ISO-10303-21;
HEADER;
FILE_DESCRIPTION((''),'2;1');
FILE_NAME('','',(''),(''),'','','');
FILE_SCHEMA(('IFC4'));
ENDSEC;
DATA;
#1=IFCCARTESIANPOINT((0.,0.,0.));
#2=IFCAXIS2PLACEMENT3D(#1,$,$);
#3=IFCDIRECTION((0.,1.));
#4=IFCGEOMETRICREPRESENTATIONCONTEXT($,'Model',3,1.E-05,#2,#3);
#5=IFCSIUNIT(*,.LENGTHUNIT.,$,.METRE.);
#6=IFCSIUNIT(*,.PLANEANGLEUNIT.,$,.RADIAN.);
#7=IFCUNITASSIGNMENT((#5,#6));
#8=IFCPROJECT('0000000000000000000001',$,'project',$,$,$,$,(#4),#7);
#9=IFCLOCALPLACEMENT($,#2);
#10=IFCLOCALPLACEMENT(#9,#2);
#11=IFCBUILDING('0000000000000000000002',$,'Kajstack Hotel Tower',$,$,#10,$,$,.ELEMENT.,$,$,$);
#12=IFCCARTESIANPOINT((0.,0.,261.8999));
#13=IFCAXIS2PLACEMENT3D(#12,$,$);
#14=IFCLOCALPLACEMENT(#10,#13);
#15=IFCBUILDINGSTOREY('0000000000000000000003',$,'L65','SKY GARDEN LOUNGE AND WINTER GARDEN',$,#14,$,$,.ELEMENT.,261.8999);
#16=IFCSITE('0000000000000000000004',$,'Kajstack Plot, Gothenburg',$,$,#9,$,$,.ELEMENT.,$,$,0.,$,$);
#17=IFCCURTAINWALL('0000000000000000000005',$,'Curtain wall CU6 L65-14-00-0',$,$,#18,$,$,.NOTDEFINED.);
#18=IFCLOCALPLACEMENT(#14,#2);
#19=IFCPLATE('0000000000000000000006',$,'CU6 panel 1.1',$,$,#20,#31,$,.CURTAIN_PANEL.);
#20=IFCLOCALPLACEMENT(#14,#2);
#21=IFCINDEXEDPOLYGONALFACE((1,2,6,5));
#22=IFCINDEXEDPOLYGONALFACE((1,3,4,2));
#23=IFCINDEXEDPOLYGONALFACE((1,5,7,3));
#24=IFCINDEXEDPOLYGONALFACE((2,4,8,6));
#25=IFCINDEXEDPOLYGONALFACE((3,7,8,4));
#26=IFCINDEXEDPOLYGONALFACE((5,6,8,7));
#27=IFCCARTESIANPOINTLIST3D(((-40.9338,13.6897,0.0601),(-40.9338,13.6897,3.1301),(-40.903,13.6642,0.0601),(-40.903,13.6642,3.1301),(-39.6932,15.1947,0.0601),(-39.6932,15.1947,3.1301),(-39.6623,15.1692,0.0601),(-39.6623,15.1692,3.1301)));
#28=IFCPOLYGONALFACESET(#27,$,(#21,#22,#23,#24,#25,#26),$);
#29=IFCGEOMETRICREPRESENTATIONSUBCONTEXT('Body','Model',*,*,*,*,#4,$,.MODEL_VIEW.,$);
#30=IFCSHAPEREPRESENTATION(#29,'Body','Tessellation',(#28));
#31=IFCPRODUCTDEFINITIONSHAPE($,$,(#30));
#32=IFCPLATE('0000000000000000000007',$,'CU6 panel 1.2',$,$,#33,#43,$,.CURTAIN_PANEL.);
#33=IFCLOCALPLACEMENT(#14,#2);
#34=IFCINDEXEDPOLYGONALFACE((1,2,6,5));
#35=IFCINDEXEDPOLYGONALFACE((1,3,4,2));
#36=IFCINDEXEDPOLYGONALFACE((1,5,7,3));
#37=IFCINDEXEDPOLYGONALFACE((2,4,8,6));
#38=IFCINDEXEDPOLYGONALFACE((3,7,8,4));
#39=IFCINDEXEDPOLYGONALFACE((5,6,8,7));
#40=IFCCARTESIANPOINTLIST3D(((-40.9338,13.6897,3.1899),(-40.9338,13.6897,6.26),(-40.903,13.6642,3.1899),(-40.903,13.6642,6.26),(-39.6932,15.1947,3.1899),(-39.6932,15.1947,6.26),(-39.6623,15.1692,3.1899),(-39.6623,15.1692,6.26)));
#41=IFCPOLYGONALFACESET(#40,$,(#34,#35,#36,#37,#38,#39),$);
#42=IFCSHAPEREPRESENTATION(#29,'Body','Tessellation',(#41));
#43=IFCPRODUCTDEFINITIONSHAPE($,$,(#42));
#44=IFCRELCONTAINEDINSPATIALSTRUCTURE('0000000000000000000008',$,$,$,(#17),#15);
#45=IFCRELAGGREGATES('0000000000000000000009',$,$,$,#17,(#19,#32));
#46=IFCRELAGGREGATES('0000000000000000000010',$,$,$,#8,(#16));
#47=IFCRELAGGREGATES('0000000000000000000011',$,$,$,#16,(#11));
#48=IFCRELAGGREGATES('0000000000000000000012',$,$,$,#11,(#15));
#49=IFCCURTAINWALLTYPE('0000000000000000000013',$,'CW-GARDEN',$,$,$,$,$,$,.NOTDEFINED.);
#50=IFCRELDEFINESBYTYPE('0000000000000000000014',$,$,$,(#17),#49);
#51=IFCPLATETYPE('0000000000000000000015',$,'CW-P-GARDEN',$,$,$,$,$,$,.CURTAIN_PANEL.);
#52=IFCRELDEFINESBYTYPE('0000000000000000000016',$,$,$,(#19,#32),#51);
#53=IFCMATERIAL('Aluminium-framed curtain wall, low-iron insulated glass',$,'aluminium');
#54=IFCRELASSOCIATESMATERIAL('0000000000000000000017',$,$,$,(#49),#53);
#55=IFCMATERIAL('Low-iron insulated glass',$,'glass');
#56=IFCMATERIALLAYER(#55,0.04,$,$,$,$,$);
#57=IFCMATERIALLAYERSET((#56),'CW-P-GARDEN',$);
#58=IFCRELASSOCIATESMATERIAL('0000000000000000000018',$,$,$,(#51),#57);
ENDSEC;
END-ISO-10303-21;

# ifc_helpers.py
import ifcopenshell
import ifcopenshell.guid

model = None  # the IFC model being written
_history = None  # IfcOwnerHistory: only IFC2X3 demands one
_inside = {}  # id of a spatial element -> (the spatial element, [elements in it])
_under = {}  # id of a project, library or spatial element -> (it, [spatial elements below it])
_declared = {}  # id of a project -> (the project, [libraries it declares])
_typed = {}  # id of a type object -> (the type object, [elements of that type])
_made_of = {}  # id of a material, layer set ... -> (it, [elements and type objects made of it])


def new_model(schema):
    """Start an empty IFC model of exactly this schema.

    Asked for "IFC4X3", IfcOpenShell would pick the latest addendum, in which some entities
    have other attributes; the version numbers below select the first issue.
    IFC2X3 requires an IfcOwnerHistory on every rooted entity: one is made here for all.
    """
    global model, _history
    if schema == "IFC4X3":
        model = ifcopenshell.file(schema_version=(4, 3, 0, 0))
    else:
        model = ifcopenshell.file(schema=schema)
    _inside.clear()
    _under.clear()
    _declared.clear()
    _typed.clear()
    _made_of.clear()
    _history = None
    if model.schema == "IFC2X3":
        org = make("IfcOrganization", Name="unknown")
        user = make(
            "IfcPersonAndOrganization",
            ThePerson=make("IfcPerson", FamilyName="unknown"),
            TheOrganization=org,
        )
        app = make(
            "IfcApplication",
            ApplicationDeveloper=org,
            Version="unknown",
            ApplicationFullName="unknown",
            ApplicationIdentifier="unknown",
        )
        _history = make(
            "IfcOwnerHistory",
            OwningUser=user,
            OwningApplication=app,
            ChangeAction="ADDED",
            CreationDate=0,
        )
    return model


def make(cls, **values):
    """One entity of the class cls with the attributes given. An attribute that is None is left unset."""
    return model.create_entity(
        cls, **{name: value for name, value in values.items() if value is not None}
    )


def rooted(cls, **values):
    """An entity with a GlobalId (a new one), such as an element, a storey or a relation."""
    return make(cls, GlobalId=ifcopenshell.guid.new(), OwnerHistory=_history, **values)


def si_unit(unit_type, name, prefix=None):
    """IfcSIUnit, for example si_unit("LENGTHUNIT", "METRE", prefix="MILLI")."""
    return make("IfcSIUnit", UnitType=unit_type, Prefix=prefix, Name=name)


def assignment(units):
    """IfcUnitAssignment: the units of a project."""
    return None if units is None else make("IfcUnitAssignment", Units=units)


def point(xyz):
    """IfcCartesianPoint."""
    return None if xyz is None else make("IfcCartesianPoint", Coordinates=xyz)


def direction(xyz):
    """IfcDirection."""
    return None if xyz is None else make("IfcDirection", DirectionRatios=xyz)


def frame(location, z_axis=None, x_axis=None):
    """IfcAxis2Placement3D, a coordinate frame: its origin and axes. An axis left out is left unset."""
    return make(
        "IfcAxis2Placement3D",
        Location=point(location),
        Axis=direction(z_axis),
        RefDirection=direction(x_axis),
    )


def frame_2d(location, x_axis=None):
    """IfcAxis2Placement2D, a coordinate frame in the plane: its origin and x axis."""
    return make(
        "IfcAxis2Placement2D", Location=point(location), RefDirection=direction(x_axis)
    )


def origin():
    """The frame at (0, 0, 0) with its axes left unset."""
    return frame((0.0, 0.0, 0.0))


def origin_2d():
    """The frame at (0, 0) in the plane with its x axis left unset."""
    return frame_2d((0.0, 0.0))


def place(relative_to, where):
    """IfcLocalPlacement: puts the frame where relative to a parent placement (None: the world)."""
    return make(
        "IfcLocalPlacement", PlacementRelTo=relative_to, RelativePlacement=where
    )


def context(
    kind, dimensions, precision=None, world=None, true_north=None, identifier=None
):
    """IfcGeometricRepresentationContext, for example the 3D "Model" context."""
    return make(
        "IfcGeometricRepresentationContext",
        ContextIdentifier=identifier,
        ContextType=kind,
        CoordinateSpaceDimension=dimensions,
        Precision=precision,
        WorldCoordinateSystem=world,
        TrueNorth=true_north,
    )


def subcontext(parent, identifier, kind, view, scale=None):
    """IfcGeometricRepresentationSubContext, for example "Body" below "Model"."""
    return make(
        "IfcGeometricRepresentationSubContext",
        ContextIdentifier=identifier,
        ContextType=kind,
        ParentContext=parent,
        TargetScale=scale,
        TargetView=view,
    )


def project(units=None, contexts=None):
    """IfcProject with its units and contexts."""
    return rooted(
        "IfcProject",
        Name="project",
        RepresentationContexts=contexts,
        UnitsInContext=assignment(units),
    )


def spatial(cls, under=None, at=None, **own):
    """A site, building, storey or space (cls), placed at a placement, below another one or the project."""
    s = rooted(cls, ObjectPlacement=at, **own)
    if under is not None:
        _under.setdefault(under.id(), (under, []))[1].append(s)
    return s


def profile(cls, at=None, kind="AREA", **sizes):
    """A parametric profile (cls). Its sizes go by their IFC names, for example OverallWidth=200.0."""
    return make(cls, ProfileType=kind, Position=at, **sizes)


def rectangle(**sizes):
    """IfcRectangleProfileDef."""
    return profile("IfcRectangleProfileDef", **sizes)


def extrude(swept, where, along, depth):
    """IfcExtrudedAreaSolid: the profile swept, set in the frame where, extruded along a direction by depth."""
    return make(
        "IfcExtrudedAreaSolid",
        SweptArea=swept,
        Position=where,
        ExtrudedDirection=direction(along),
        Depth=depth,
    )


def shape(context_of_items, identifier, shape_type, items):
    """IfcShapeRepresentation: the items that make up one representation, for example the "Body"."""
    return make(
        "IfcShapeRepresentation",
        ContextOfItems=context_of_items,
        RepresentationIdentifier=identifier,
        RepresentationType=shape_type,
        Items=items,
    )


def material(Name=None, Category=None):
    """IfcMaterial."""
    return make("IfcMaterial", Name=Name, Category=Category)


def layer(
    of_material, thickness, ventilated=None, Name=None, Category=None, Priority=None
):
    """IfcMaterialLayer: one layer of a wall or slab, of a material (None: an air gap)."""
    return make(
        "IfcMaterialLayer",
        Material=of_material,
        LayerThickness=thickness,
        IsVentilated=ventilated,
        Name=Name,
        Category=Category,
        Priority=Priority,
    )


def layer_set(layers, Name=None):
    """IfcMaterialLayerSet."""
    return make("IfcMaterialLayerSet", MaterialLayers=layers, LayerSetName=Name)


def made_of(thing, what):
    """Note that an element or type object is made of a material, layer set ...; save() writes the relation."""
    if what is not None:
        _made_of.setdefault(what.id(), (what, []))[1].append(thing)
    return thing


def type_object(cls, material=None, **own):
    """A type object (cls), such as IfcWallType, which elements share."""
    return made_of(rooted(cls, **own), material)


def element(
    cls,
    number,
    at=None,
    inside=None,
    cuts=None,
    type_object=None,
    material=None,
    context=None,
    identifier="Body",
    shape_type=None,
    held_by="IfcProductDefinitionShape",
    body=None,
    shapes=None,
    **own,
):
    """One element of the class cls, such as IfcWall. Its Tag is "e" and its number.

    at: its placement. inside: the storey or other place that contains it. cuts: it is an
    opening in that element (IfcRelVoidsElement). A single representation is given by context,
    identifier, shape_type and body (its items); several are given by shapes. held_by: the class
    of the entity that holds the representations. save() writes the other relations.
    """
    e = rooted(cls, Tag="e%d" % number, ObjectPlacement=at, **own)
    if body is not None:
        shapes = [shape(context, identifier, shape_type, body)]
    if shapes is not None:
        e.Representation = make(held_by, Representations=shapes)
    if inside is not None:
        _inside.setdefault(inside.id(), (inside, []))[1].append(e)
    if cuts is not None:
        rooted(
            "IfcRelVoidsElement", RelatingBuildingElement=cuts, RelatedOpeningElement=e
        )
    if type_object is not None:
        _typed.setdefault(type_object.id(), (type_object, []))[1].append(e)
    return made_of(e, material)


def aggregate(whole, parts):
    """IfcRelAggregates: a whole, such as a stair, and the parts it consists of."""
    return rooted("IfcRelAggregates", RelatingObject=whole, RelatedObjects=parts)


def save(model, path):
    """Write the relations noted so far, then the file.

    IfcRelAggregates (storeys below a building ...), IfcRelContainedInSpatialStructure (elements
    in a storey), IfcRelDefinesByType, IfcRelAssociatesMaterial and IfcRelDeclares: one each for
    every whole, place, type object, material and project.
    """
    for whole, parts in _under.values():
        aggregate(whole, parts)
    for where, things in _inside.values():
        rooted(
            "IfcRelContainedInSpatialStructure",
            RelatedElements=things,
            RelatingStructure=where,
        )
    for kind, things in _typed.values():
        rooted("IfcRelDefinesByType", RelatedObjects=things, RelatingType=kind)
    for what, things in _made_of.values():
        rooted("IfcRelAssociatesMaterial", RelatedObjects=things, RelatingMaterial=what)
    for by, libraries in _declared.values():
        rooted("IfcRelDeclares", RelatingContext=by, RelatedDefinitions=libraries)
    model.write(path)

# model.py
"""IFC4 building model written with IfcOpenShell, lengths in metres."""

from ifc_helpers import new_model, si_unit, direction, frame, origin, origin_2d, place, context, subcontext, project, spatial, rectangle, extrude, material, layer, layer_set, type_object, element, aggregate, save


model = new_model("IFC4")

# Units and contexts
model_context = context("Model", 3, precision=1e-05, world=origin(), true_north=direction((0.0, 1.0)))
body_context = subcontext(model_context, "Body", "Model", "MODEL_VIEW")
ifc_project = project(units=[si_unit("LENGTHUNIT", "METRE"), si_unit("PLANEANGLEUNIT", "RADIAN")], contexts=[model_context])

# Site, building, storey
site_placement = place(None, origin())
site = spatial("IfcSite", under=ifc_project, at=site_placement, Name="Kajstack Plot, Gothenburg", CompositionType="ELEMENT", RefElevation=0.0)
building_placement = place(site_placement, origin())
building = spatial("IfcBuilding", under=site, at=building_placement, Name="Kajstack Hotel Tower", CompositionType="ELEMENT")
storey_placement = place(building_placement, frame((0.0, 0.0, 261.8999)))
storey = spatial("IfcBuildingStorey", under=building, at=storey_placement, Name="L65", Description="SKY GARDEN LOUNGE AND WINTER GARDEN", CompositionType="ELEMENT", Elevation=261.8999)

# Curtain wall
ifc_material_1 = material(Name="Aluminium-framed curtain wall, low-iron insulated glass", Category="aluminium")
curtain_wall_type = type_object("IfcCurtainWallType", Name="CW-GARDEN", PredefinedType="NOTDEFINED", material=ifc_material_1)
curtain_wall_1_placement = place(storey_placement, origin())
curtain_wall_1 = element("IfcCurtainWall", 1, at=curtain_wall_1_placement, inside=storey, type_object=curtain_wall_type, Name="Curtain wall CU6 L65-14-00-0", PredefinedType="NOTDEFINED")

# Plates
ifc_material_2 = material(Name="Low-iron insulated glass", Category="glass")
ifc_layer_1 = layer(ifc_material_2, 0.04)
ifc_layer_set_1 = layer_set([ifc_layer_1], Name="CW-P-GARDEN")
plate_type = type_object("IfcPlateType", Name="CW-P-GARDEN", PredefinedType="CURTAIN_PANEL", material=ifc_layer_set_1)
plate_1_placement = place(storey_placement, frame((-40.2981, 14.4294, 0.0601), z_axis=(0.0, 0.0, 1.0), x_axis=(-0.636066, -0.771635, 0.0)))
plate_1 = element("IfcPlate", 2, at=plate_1_placement, type_object=plate_type, Name="CU6 panel 1.1", PredefinedType="CURTAIN_PANEL", context=body_context, shape_type="SweptSolid", body=[
    extrude(rectangle(XDim=1.9504, YDim=0.04, at=origin_2d()), origin(), (0.0, 0.0, 1.0), 3.0701),
])
plate_2_placement = place(storey_placement, frame((-40.2981, 14.4294, 3.1899), z_axis=(0.0, 0.0, 1.0), x_axis=(-0.636066, -0.771635, 0.0)))
plate_2 = element("IfcPlate", 3, at=plate_2_placement, type_object=plate_type, Name="CU6 panel 1.2", PredefinedType="CURTAIN_PANEL", context=body_context, shape_type="SweptSolid", body=[
    extrude(rectangle(XDim=1.9504, YDim=0.04, at=origin_2d()), origin(), (0.0, 0.0, 1.0), 3.0701),
])
aggregate(curtain_wall_1, [plate_1, plate_2])

save(model, "model.ifc")
